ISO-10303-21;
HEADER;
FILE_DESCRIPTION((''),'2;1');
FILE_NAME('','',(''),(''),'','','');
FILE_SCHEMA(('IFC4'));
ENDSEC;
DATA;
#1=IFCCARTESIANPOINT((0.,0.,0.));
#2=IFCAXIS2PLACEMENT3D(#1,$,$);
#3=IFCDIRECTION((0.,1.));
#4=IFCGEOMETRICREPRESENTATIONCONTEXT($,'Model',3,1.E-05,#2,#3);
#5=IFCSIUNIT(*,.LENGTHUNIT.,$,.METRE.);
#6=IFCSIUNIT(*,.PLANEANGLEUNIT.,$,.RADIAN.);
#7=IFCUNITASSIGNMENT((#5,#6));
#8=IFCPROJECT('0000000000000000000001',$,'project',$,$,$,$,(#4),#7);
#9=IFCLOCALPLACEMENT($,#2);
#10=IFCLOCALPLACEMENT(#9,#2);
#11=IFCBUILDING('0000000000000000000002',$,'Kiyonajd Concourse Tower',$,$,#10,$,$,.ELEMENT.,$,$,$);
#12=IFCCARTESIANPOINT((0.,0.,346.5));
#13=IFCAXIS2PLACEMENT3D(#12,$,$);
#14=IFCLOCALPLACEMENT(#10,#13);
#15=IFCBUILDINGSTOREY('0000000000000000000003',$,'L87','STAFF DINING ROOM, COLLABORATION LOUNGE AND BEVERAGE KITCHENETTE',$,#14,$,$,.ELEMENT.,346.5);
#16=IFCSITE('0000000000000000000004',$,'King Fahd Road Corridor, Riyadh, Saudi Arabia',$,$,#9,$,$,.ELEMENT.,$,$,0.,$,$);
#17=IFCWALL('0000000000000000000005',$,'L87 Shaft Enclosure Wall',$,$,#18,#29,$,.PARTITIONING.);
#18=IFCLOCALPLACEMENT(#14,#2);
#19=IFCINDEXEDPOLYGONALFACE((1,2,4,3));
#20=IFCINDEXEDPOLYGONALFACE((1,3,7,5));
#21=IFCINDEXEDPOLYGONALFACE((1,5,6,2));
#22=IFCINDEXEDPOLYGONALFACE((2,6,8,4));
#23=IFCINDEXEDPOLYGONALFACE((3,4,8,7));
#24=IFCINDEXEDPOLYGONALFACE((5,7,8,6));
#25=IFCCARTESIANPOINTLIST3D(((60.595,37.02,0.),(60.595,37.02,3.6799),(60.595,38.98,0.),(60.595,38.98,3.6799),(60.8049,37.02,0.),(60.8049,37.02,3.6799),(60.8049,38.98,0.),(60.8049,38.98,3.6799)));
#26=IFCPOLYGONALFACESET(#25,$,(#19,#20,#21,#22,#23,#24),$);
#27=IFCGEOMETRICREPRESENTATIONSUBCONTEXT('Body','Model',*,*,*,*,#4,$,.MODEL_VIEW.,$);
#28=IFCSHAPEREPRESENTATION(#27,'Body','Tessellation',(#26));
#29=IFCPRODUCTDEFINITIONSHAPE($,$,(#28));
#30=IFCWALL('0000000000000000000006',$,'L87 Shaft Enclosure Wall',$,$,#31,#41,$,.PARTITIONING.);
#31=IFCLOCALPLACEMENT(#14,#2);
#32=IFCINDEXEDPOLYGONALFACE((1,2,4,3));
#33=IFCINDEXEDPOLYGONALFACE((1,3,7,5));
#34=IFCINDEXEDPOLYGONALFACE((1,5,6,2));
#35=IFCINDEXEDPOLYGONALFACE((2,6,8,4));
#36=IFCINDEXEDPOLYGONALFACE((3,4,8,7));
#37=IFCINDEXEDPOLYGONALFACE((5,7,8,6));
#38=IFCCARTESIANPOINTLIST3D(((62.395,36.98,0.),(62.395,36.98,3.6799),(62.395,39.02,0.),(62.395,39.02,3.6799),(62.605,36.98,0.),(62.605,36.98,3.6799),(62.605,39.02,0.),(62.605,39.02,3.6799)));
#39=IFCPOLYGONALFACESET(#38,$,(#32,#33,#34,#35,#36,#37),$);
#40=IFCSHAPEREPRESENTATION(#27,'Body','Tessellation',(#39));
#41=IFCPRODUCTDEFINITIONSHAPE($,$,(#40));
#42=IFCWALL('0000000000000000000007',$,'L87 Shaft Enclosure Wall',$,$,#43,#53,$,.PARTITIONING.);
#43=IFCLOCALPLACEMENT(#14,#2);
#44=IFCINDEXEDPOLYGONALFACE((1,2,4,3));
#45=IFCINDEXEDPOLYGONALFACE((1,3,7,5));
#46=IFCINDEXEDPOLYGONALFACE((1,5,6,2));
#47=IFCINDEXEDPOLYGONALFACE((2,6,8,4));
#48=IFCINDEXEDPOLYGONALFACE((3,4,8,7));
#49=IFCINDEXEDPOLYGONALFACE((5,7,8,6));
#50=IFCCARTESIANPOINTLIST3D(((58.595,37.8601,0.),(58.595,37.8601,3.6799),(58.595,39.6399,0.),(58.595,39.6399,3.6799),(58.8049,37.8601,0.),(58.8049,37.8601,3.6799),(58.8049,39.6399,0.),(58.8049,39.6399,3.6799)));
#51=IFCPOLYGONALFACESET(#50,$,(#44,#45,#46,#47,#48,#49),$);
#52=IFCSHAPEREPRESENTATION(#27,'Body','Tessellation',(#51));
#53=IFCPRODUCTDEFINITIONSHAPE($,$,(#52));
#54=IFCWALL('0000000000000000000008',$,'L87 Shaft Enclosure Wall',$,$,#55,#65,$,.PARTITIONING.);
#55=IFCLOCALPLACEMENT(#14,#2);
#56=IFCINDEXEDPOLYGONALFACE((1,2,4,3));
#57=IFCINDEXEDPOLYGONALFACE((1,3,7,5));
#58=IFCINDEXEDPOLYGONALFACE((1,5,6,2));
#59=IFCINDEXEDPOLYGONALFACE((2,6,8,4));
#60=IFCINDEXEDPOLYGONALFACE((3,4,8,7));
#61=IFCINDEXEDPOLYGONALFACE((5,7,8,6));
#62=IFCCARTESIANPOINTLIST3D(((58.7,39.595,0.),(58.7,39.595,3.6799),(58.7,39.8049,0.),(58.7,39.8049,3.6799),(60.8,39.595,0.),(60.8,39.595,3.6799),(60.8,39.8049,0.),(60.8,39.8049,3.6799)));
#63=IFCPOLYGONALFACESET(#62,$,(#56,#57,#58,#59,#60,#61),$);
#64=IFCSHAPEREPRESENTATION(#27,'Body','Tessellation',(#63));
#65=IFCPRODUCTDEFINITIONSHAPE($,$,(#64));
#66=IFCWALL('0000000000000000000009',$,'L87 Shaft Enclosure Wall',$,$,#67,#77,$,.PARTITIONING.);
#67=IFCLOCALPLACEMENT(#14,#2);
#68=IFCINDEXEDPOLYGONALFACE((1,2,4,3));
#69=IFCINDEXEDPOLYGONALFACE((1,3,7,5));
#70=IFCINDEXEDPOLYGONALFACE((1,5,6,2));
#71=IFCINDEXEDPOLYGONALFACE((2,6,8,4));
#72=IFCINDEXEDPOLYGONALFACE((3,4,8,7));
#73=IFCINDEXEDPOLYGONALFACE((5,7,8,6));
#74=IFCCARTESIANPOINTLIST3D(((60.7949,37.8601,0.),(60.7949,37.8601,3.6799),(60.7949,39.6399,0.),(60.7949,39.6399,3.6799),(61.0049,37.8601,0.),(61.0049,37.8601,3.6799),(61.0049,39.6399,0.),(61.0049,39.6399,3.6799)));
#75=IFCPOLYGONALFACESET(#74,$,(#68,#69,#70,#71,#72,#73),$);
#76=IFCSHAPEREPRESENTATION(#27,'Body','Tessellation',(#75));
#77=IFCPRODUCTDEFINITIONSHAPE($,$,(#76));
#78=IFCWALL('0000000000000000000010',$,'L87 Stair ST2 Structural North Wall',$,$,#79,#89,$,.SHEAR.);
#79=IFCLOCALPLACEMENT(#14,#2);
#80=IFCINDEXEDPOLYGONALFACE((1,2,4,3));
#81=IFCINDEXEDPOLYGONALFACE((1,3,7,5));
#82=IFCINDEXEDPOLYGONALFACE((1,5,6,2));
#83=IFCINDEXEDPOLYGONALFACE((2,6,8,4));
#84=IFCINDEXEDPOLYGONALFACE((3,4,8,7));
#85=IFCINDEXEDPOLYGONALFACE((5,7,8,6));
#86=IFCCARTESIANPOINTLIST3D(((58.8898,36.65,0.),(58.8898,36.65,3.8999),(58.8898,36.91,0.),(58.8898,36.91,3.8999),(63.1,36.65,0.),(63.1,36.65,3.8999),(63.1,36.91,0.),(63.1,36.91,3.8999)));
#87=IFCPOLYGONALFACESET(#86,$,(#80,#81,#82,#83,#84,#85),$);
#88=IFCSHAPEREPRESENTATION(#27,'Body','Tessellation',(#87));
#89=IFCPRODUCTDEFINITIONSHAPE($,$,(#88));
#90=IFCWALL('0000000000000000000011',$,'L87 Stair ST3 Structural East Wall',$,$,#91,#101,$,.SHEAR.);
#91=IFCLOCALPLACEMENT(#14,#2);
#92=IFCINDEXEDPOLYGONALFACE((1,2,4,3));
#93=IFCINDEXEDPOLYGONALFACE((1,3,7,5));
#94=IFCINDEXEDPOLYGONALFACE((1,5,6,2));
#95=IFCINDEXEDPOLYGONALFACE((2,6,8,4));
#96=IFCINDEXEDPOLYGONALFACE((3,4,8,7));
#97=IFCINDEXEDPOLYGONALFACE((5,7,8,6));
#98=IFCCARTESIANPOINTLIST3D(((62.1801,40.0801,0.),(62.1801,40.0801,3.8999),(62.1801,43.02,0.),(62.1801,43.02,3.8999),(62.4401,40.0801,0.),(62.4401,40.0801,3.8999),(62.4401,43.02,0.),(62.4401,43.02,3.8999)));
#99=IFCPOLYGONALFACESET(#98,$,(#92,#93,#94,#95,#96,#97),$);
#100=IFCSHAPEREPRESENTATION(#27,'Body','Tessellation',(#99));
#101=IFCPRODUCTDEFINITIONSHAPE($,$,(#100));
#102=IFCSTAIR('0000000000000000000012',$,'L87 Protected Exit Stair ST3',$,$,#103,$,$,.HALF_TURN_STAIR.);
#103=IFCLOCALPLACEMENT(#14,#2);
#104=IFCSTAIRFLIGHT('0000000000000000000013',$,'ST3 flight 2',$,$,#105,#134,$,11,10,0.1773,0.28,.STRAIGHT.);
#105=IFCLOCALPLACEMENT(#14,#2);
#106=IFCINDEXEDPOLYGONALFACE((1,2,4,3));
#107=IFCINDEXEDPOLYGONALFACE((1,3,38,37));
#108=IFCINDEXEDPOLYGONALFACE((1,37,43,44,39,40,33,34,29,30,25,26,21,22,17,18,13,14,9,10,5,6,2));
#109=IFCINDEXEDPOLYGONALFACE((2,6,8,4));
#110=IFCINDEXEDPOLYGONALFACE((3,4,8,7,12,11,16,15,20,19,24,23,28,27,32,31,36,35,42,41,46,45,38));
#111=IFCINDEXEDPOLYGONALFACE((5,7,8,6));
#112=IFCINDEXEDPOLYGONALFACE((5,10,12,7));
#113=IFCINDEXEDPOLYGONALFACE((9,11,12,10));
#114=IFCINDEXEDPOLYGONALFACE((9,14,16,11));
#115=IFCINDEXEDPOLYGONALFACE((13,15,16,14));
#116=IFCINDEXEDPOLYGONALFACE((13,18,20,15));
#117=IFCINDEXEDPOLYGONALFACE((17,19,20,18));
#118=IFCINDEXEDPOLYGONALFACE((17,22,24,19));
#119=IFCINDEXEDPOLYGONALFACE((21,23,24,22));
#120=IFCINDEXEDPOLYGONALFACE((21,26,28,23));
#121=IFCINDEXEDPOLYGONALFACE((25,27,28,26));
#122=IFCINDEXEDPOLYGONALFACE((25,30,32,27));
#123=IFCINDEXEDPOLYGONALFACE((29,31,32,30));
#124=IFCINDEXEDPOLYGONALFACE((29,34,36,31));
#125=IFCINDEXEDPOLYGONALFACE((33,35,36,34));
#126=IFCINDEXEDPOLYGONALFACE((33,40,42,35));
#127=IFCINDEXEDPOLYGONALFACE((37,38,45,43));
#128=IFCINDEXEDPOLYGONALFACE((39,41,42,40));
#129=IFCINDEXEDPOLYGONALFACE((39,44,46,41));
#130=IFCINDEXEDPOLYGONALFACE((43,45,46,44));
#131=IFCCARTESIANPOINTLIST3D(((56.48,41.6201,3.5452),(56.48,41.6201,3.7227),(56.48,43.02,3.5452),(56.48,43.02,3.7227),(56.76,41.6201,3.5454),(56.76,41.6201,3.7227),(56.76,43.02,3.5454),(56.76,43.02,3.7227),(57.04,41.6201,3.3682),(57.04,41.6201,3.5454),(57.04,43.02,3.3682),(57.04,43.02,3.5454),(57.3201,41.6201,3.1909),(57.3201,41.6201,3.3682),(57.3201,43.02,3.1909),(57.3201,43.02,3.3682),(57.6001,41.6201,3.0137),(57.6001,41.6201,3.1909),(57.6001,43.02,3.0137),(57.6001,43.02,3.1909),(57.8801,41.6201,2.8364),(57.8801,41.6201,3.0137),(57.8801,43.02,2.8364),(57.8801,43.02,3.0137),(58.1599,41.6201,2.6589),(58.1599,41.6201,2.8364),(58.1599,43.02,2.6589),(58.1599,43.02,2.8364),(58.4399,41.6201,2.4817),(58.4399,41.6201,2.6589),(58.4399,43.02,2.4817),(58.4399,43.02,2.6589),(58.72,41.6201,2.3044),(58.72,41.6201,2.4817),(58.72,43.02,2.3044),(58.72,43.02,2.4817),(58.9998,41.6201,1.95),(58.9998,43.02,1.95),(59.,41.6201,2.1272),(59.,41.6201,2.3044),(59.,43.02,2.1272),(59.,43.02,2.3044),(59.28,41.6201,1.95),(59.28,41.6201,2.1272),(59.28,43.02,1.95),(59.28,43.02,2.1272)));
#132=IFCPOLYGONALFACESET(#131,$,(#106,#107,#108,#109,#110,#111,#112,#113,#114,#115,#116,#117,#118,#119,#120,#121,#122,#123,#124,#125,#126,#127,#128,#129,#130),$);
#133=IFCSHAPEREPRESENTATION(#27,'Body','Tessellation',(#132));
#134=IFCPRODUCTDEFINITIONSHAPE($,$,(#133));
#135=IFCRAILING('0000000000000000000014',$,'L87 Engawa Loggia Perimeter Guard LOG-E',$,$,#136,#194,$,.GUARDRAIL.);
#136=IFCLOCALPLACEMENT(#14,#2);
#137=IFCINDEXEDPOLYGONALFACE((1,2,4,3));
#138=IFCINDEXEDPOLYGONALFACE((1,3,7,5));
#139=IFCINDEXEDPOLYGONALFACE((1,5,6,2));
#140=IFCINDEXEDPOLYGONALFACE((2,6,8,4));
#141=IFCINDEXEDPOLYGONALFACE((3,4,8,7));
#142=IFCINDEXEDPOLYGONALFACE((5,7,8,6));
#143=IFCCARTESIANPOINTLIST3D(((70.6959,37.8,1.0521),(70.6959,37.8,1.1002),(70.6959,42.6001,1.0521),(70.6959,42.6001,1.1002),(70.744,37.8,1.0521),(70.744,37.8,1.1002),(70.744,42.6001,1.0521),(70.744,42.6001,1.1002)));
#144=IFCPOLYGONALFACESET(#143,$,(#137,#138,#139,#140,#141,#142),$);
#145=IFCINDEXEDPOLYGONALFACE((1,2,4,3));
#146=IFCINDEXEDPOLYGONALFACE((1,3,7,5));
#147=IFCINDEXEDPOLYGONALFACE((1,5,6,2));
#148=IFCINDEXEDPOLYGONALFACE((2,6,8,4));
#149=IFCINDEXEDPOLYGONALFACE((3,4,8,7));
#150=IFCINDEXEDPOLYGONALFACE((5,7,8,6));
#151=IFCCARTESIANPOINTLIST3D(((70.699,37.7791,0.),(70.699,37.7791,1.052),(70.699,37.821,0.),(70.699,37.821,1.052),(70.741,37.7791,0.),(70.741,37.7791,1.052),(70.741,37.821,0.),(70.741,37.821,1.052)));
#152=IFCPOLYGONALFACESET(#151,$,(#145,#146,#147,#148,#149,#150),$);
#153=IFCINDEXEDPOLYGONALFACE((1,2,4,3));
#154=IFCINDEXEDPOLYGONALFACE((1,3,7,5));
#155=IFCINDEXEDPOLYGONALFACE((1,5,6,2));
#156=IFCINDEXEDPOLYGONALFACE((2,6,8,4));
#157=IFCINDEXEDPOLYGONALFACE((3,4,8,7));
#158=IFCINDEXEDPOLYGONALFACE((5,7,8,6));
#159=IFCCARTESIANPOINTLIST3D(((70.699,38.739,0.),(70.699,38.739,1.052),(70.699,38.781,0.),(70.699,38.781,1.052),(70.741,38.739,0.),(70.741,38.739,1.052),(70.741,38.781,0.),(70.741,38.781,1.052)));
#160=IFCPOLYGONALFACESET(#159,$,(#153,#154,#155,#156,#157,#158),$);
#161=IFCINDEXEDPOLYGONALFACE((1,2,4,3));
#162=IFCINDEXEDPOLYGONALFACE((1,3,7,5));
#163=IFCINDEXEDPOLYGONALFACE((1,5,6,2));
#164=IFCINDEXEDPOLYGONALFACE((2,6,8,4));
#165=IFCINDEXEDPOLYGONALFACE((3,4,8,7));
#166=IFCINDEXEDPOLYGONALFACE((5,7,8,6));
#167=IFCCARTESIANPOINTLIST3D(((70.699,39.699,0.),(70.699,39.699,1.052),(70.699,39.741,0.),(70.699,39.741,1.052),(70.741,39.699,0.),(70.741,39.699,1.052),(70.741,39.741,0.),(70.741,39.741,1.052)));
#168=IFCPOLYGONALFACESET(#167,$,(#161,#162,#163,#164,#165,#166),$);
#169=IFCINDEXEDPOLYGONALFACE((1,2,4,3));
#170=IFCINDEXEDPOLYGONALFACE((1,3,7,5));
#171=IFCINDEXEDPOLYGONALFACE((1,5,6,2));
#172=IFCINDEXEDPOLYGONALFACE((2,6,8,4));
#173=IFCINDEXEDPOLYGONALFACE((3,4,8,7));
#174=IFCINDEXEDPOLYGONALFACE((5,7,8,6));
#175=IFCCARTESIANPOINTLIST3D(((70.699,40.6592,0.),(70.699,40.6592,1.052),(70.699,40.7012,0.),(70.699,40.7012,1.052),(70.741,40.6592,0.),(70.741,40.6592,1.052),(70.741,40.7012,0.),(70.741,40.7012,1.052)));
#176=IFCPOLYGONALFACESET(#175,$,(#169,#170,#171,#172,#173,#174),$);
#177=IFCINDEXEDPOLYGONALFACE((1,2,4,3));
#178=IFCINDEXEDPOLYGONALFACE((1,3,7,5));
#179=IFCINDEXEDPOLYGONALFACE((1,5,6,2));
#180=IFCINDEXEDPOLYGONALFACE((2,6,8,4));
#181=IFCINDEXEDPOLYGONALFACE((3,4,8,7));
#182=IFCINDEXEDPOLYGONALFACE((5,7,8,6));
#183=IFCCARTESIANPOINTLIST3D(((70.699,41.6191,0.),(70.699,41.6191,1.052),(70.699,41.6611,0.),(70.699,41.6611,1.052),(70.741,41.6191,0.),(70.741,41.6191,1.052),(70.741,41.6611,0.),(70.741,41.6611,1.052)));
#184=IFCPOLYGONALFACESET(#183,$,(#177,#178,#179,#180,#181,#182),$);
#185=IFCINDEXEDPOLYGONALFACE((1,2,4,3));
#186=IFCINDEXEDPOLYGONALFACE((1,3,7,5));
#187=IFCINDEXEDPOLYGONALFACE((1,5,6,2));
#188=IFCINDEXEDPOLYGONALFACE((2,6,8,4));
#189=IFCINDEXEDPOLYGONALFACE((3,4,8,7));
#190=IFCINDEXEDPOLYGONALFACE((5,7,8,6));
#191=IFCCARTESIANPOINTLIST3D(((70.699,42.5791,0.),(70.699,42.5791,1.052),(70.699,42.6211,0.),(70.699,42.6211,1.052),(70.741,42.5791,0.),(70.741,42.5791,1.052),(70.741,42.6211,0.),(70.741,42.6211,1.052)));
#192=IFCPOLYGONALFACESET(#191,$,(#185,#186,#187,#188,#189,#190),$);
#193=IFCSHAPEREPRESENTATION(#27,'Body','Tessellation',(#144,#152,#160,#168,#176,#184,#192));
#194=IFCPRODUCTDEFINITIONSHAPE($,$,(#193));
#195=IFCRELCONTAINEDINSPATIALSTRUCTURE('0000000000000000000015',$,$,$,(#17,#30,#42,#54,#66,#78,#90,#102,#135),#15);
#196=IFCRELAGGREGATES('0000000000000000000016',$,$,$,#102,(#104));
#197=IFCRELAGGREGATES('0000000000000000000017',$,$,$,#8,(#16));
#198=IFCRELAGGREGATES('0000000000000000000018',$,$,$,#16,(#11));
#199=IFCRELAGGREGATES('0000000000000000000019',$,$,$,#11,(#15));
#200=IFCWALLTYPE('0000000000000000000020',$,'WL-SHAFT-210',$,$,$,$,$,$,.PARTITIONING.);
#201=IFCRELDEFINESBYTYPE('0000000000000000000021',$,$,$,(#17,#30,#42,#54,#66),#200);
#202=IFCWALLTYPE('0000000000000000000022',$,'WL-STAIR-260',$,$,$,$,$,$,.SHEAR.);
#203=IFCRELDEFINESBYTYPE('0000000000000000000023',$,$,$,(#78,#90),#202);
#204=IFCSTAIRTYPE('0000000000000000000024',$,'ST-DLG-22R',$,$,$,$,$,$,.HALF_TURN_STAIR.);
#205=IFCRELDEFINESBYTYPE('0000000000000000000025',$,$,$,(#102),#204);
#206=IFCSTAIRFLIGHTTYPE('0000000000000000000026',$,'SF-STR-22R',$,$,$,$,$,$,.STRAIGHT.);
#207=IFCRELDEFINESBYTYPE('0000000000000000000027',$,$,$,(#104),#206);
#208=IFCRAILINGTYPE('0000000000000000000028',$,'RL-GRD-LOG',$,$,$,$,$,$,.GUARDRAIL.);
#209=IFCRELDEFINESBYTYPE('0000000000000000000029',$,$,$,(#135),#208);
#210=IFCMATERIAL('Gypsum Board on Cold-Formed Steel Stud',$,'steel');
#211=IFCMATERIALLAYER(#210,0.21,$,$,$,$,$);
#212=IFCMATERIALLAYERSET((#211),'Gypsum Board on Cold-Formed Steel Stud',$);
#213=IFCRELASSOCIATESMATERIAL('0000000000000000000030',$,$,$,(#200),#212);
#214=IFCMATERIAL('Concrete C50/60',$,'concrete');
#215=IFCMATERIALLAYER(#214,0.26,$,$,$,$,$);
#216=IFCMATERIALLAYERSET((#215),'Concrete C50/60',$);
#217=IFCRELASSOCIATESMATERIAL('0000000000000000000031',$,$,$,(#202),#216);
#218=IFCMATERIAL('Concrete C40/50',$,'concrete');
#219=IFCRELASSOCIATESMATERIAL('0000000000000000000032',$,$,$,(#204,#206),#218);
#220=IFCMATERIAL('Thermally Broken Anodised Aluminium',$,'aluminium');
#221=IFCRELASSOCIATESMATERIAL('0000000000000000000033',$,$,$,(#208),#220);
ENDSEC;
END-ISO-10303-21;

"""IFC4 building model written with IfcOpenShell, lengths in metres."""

from ifc_helpers import new_model, si_unit, direction, frame, frame_2d, origin, origin_2d, place, context, subcontext, project, spatial, polyline, rectangle, outline, extrude, material, layer, layer_set, type_object, element, aggregate, save


model = new_model("IFC4")

# Units and contexts
model_context = context("Model", 3, precision=1e-05, world=origin(), true_north=direction((0.0, 1.0)))
body_context = subcontext(model_context, "Body", "Model", "MODEL_VIEW")
ifc_project = project(units=[si_unit("LENGTHUNIT", "METRE"), si_unit("PLANEANGLEUNIT", "RADIAN")], contexts=[model_context])

# Site, building, storey
site_placement = place(None, origin())
site = spatial("IfcSite", under=ifc_project, at=site_placement, Name="King Fahd Road Corridor, Riyadh, Saudi Arabia", CompositionType="ELEMENT", RefElevation=0.0)
building_placement = place(site_placement, origin())
building = spatial("IfcBuilding", under=site, at=building_placement, Name="Kiyonajd Concourse Tower", CompositionType="ELEMENT")
storey_placement = place(building_placement, frame((0.0, 0.0, 346.5)))
storey = spatial("IfcBuildingStorey", under=building, at=storey_placement, Name="L87", Description="STAFF DINING ROOM, COLLABORATION LOUNGE AND BEVERAGE KITCHENETTE", CompositionType="ELEMENT", Elevation=346.5)

# Shared definitions
ifc_material_1 = material(Name="Thermally Broken Anodised Aluminium", Category="aluminium")

# Walls
ifc_material_2 = material(Name="Gypsum Board on Cold-Formed Steel Stud", Category="steel")
ifc_layer_1 = layer(ifc_material_2, 0.21)
ifc_layer_set_1 = layer_set([ifc_layer_1], Name="Gypsum Board on Cold-Formed Steel Stud")
wall_type_1 = type_object("IfcWallType", Name="WL-SHAFT-210", PredefinedType="PARTITIONING", material=ifc_layer_set_1)
wall_1_placement = place(storey_placement, frame((60.7, 37.02, 0.0), z_axis=(0.0, 0.0, 1.0), x_axis=(0.0, 1.0, 0.0)))
element("IfcWall", 1, at=wall_1_placement, inside=storey, type_object=wall_type_1, Name="L87 Shaft Enclosure Wall", PredefinedType="PARTITIONING", context=body_context, shape_type="SweptSolid", body=[
    extrude(rectangle(XDim=1.96, YDim=0.21, at=frame_2d((0.98, 0.0))), origin(), (0.0, 0.0, 1.0), 3.6799),
])
wall_2_placement = place(storey_placement, frame((62.5, 36.98, 0.0), z_axis=(0.0, 0.0, 1.0), x_axis=(0.0, 1.0, 0.0)))
element("IfcWall", 2, at=wall_2_placement, inside=storey, type_object=wall_type_1, Name="L87 Shaft Enclosure Wall", PredefinedType="PARTITIONING", context=body_context, shape_type="SweptSolid", body=[
    extrude(rectangle(XDim=2.04, YDim=0.21, at=frame_2d((1.02, 0.0))), origin(), (0.0, 0.0, 1.0), 3.6799),
])
wall_3_placement = place(storey_placement, frame((58.7, 37.8601, 0.0), z_axis=(0.0, 0.0, 1.0), x_axis=(0.0, 1.0, 0.0)))
element("IfcWall", 3, at=wall_3_placement, inside=storey, type_object=wall_type_1, Name="L87 Shaft Enclosure Wall", PredefinedType="PARTITIONING", context=body_context, shape_type="SweptSolid", body=[
    extrude(rectangle(XDim=1.7798, YDim=0.21, at=frame_2d((0.8899, 0.0))), origin(), (0.0, 0.0, 1.0), 3.6799),
])
wall_4_placement = place(storey_placement, frame((58.7, 39.7, 0.0), z_axis=(0.0, 0.0, 1.0), x_axis=(1.0, 0.0, 0.0)))
element("IfcWall", 4, at=wall_4_placement, inside=storey, type_object=wall_type_1, Name="L87 Shaft Enclosure Wall", PredefinedType="PARTITIONING", context=body_context, shape_type="SweptSolid", body=[
    extrude(rectangle(XDim=2.1001, YDim=0.21, at=frame_2d((1.05, 0.0))), origin(), (0.0, 0.0, 1.0), 3.6799),
])
wall_5_placement = place(storey_placement, frame((60.8999, 37.8601, 0.0), z_axis=(0.0, 0.0, 1.0), x_axis=(0.0, 1.0, 0.0)))
element("IfcWall", 5, at=wall_5_placement, inside=storey, type_object=wall_type_1, Name="L87 Shaft Enclosure Wall", PredefinedType="PARTITIONING", context=body_context, shape_type="SweptSolid", body=[
    extrude(rectangle(XDim=1.7798, YDim=0.21, at=frame_2d((0.8899, 0.0))), origin(), (0.0, 0.0, 1.0), 3.6799),
])
ifc_material_3 = material(Name="Concrete C50/60", Category="concrete")
ifc_layer_2 = layer(ifc_material_3, 0.26)
ifc_layer_set_2 = layer_set([ifc_layer_2], Name="Concrete C50/60")
wall_type_2 = type_object("IfcWallType", Name="WL-STAIR-260", PredefinedType="SHEAR", material=ifc_layer_set_2)
wall_6_placement = place(storey_placement, frame((58.8899, 36.78, 0.0), z_axis=(0.0, 0.0, 1.0), x_axis=(1.0, 0.0, 0.0)))
element("IfcWall", 6, at=wall_6_placement, inside=storey, type_object=wall_type_2, Name="L87 Stair ST2 Structural North Wall", PredefinedType="SHEAR", context=body_context, shape_type="SweptSolid", body=[
    extrude(rectangle(XDim=4.2102, YDim=0.26, at=frame_2d((2.105, 0.0))), origin(), (0.0, 0.0, 1.0), 3.8999),
])
wall_7_placement = place(storey_placement, frame((62.3101, 40.0801, 0.0), z_axis=(0.0, 0.0, 1.0), x_axis=(0.0, 1.0, 0.0)))
element("IfcWall", 7, at=wall_7_placement, inside=storey, type_object=wall_type_2, Name="L87 Stair ST3 Structural East Wall", PredefinedType="SHEAR", context=body_context, shape_type="SweptSolid", body=[
    extrude(rectangle(XDim=2.9399, YDim=0.26, at=frame_2d((1.47, 0.0))), origin(), (0.0, 0.0, 1.0), 3.8999),
])

# Stair, stair flight
ifc_material_4 = material(Name="Concrete C40/50", Category="concrete")
stair_type = type_object("IfcStairType", Name="ST-DLG-22R", PredefinedType="HALF_TURN_STAIR", material=ifc_material_4)
stair_placement = place(storey_placement, origin())
stair = element("IfcStair", 8, at=stair_placement, inside=storey, type_object=stair_type, Name="L87 Protected Exit Stair ST3", PredefinedType="HALF_TURN_STAIR")
stair_flight_type = type_object("IfcStairFlightType", Name="SF-STR-22R", PredefinedType="STRAIGHT", material=ifc_material_4)
stair_flight_placement = place(storey_placement, frame((59.28, 42.3201, 1.95), z_axis=(0.0, 0.0, 1.0), x_axis=(-1.0, 0.0, 0.0)))
stair_flight = element("IfcStairFlight", 9, at=stair_flight_placement, type_object=stair_flight_type, Name="ST3 flight 2", NumberOfRisers=11, NumberOfTreads=10, PredefinedType="STRAIGHT", RiserHeight=0.1773, TreadLength=0.28, context=body_context, shape_type="SweptSolid", body=[
    extrude(outline(polyline([(0.0, 0.0), (0.0, 0.1772), (0.28, 0.1772), (0.28, 0.3545), (0.5601, 0.3545), (0.5601, 0.5317), (0.8401, 0.5317), (0.8401, 0.709), (1.1201, 0.709), (1.1201, 0.8865), (1.3999, 0.8865), (1.3999, 1.0637), (1.6799, 1.0637), (1.6799, 1.241), (1.96, 1.241), (1.96, 1.4182), (2.24, 1.4182), (2.24, 1.5955), (2.52, 1.5955), (2.52, 1.7727), (2.8, 1.7727), (2.8, 1.95), (2.8, 1.5952), (0.2803, 0.0), (0.0, 0.0)])), frame((0.0, 0.7, 0.0), z_axis=(0.0, -1.0, 0.0), x_axis=(1.0, 0.0, 0.0)), (0.0, 0.0, 1.0), 1.3999),
])
aggregate(stair, [stair_flight])

# Railing
railing_type_1 = type_object("IfcRailingType", Name="RL-GRD-LOG", PredefinedType="GUARDRAIL", material=ifc_material_1)
railing_1_placement = place(storey_placement, frame((70.72, 37.8, 0.0)))
element("IfcRailing", 10, at=railing_1_placement, inside=storey, type_object=railing_type_1, Name="L87 Engawa Loggia Perimeter Guard LOG-E", PredefinedType="GUARDRAIL", context=body_context, shape_type="SweptSolid", body=[
    extrude(rectangle(XDim=0.0481, YDim=0.0481, at=origin_2d()), frame((0.0, 0.0, 1.0762), z_axis=(0.0, 1.0, 0.0), x_axis=(-1.0, 0.0, 0.0)), (0.0, 0.0, 1.0), 4.8),
    extrude(rectangle(XDim=0.042, YDim=0.042, at=origin_2d()), origin(), (0.0, 0.0, 1.0), 1.052),
    extrude(rectangle(XDim=0.042, YDim=0.042, at=origin_2d()), frame((0.0, 0.96, 0.0)), (0.0, 0.0, 1.0), 1.052),
    extrude(rectangle(XDim=0.042, YDim=0.042, at=origin_2d()), frame((0.0, 1.9199, 0.0)), (0.0, 0.0, 1.0), 1.052),
    extrude(rectangle(XDim=0.042, YDim=0.042, at=origin_2d()), frame((0.0, 2.8801, 0.0)), (0.0, 0.0, 1.0), 1.052),
    extrude(rectangle(XDim=0.042, YDim=0.042, at=origin_2d()), frame((0.0, 3.8401, 0.0)), (0.0, 0.0, 1.0), 1.052),
    extrude(rectangle(XDim=0.042, YDim=0.042, at=origin_2d()), frame((0.0, 4.8, 0.0)), (0.0, 0.0, 1.0), 1.052),
])

save(model, "model.ifc")
